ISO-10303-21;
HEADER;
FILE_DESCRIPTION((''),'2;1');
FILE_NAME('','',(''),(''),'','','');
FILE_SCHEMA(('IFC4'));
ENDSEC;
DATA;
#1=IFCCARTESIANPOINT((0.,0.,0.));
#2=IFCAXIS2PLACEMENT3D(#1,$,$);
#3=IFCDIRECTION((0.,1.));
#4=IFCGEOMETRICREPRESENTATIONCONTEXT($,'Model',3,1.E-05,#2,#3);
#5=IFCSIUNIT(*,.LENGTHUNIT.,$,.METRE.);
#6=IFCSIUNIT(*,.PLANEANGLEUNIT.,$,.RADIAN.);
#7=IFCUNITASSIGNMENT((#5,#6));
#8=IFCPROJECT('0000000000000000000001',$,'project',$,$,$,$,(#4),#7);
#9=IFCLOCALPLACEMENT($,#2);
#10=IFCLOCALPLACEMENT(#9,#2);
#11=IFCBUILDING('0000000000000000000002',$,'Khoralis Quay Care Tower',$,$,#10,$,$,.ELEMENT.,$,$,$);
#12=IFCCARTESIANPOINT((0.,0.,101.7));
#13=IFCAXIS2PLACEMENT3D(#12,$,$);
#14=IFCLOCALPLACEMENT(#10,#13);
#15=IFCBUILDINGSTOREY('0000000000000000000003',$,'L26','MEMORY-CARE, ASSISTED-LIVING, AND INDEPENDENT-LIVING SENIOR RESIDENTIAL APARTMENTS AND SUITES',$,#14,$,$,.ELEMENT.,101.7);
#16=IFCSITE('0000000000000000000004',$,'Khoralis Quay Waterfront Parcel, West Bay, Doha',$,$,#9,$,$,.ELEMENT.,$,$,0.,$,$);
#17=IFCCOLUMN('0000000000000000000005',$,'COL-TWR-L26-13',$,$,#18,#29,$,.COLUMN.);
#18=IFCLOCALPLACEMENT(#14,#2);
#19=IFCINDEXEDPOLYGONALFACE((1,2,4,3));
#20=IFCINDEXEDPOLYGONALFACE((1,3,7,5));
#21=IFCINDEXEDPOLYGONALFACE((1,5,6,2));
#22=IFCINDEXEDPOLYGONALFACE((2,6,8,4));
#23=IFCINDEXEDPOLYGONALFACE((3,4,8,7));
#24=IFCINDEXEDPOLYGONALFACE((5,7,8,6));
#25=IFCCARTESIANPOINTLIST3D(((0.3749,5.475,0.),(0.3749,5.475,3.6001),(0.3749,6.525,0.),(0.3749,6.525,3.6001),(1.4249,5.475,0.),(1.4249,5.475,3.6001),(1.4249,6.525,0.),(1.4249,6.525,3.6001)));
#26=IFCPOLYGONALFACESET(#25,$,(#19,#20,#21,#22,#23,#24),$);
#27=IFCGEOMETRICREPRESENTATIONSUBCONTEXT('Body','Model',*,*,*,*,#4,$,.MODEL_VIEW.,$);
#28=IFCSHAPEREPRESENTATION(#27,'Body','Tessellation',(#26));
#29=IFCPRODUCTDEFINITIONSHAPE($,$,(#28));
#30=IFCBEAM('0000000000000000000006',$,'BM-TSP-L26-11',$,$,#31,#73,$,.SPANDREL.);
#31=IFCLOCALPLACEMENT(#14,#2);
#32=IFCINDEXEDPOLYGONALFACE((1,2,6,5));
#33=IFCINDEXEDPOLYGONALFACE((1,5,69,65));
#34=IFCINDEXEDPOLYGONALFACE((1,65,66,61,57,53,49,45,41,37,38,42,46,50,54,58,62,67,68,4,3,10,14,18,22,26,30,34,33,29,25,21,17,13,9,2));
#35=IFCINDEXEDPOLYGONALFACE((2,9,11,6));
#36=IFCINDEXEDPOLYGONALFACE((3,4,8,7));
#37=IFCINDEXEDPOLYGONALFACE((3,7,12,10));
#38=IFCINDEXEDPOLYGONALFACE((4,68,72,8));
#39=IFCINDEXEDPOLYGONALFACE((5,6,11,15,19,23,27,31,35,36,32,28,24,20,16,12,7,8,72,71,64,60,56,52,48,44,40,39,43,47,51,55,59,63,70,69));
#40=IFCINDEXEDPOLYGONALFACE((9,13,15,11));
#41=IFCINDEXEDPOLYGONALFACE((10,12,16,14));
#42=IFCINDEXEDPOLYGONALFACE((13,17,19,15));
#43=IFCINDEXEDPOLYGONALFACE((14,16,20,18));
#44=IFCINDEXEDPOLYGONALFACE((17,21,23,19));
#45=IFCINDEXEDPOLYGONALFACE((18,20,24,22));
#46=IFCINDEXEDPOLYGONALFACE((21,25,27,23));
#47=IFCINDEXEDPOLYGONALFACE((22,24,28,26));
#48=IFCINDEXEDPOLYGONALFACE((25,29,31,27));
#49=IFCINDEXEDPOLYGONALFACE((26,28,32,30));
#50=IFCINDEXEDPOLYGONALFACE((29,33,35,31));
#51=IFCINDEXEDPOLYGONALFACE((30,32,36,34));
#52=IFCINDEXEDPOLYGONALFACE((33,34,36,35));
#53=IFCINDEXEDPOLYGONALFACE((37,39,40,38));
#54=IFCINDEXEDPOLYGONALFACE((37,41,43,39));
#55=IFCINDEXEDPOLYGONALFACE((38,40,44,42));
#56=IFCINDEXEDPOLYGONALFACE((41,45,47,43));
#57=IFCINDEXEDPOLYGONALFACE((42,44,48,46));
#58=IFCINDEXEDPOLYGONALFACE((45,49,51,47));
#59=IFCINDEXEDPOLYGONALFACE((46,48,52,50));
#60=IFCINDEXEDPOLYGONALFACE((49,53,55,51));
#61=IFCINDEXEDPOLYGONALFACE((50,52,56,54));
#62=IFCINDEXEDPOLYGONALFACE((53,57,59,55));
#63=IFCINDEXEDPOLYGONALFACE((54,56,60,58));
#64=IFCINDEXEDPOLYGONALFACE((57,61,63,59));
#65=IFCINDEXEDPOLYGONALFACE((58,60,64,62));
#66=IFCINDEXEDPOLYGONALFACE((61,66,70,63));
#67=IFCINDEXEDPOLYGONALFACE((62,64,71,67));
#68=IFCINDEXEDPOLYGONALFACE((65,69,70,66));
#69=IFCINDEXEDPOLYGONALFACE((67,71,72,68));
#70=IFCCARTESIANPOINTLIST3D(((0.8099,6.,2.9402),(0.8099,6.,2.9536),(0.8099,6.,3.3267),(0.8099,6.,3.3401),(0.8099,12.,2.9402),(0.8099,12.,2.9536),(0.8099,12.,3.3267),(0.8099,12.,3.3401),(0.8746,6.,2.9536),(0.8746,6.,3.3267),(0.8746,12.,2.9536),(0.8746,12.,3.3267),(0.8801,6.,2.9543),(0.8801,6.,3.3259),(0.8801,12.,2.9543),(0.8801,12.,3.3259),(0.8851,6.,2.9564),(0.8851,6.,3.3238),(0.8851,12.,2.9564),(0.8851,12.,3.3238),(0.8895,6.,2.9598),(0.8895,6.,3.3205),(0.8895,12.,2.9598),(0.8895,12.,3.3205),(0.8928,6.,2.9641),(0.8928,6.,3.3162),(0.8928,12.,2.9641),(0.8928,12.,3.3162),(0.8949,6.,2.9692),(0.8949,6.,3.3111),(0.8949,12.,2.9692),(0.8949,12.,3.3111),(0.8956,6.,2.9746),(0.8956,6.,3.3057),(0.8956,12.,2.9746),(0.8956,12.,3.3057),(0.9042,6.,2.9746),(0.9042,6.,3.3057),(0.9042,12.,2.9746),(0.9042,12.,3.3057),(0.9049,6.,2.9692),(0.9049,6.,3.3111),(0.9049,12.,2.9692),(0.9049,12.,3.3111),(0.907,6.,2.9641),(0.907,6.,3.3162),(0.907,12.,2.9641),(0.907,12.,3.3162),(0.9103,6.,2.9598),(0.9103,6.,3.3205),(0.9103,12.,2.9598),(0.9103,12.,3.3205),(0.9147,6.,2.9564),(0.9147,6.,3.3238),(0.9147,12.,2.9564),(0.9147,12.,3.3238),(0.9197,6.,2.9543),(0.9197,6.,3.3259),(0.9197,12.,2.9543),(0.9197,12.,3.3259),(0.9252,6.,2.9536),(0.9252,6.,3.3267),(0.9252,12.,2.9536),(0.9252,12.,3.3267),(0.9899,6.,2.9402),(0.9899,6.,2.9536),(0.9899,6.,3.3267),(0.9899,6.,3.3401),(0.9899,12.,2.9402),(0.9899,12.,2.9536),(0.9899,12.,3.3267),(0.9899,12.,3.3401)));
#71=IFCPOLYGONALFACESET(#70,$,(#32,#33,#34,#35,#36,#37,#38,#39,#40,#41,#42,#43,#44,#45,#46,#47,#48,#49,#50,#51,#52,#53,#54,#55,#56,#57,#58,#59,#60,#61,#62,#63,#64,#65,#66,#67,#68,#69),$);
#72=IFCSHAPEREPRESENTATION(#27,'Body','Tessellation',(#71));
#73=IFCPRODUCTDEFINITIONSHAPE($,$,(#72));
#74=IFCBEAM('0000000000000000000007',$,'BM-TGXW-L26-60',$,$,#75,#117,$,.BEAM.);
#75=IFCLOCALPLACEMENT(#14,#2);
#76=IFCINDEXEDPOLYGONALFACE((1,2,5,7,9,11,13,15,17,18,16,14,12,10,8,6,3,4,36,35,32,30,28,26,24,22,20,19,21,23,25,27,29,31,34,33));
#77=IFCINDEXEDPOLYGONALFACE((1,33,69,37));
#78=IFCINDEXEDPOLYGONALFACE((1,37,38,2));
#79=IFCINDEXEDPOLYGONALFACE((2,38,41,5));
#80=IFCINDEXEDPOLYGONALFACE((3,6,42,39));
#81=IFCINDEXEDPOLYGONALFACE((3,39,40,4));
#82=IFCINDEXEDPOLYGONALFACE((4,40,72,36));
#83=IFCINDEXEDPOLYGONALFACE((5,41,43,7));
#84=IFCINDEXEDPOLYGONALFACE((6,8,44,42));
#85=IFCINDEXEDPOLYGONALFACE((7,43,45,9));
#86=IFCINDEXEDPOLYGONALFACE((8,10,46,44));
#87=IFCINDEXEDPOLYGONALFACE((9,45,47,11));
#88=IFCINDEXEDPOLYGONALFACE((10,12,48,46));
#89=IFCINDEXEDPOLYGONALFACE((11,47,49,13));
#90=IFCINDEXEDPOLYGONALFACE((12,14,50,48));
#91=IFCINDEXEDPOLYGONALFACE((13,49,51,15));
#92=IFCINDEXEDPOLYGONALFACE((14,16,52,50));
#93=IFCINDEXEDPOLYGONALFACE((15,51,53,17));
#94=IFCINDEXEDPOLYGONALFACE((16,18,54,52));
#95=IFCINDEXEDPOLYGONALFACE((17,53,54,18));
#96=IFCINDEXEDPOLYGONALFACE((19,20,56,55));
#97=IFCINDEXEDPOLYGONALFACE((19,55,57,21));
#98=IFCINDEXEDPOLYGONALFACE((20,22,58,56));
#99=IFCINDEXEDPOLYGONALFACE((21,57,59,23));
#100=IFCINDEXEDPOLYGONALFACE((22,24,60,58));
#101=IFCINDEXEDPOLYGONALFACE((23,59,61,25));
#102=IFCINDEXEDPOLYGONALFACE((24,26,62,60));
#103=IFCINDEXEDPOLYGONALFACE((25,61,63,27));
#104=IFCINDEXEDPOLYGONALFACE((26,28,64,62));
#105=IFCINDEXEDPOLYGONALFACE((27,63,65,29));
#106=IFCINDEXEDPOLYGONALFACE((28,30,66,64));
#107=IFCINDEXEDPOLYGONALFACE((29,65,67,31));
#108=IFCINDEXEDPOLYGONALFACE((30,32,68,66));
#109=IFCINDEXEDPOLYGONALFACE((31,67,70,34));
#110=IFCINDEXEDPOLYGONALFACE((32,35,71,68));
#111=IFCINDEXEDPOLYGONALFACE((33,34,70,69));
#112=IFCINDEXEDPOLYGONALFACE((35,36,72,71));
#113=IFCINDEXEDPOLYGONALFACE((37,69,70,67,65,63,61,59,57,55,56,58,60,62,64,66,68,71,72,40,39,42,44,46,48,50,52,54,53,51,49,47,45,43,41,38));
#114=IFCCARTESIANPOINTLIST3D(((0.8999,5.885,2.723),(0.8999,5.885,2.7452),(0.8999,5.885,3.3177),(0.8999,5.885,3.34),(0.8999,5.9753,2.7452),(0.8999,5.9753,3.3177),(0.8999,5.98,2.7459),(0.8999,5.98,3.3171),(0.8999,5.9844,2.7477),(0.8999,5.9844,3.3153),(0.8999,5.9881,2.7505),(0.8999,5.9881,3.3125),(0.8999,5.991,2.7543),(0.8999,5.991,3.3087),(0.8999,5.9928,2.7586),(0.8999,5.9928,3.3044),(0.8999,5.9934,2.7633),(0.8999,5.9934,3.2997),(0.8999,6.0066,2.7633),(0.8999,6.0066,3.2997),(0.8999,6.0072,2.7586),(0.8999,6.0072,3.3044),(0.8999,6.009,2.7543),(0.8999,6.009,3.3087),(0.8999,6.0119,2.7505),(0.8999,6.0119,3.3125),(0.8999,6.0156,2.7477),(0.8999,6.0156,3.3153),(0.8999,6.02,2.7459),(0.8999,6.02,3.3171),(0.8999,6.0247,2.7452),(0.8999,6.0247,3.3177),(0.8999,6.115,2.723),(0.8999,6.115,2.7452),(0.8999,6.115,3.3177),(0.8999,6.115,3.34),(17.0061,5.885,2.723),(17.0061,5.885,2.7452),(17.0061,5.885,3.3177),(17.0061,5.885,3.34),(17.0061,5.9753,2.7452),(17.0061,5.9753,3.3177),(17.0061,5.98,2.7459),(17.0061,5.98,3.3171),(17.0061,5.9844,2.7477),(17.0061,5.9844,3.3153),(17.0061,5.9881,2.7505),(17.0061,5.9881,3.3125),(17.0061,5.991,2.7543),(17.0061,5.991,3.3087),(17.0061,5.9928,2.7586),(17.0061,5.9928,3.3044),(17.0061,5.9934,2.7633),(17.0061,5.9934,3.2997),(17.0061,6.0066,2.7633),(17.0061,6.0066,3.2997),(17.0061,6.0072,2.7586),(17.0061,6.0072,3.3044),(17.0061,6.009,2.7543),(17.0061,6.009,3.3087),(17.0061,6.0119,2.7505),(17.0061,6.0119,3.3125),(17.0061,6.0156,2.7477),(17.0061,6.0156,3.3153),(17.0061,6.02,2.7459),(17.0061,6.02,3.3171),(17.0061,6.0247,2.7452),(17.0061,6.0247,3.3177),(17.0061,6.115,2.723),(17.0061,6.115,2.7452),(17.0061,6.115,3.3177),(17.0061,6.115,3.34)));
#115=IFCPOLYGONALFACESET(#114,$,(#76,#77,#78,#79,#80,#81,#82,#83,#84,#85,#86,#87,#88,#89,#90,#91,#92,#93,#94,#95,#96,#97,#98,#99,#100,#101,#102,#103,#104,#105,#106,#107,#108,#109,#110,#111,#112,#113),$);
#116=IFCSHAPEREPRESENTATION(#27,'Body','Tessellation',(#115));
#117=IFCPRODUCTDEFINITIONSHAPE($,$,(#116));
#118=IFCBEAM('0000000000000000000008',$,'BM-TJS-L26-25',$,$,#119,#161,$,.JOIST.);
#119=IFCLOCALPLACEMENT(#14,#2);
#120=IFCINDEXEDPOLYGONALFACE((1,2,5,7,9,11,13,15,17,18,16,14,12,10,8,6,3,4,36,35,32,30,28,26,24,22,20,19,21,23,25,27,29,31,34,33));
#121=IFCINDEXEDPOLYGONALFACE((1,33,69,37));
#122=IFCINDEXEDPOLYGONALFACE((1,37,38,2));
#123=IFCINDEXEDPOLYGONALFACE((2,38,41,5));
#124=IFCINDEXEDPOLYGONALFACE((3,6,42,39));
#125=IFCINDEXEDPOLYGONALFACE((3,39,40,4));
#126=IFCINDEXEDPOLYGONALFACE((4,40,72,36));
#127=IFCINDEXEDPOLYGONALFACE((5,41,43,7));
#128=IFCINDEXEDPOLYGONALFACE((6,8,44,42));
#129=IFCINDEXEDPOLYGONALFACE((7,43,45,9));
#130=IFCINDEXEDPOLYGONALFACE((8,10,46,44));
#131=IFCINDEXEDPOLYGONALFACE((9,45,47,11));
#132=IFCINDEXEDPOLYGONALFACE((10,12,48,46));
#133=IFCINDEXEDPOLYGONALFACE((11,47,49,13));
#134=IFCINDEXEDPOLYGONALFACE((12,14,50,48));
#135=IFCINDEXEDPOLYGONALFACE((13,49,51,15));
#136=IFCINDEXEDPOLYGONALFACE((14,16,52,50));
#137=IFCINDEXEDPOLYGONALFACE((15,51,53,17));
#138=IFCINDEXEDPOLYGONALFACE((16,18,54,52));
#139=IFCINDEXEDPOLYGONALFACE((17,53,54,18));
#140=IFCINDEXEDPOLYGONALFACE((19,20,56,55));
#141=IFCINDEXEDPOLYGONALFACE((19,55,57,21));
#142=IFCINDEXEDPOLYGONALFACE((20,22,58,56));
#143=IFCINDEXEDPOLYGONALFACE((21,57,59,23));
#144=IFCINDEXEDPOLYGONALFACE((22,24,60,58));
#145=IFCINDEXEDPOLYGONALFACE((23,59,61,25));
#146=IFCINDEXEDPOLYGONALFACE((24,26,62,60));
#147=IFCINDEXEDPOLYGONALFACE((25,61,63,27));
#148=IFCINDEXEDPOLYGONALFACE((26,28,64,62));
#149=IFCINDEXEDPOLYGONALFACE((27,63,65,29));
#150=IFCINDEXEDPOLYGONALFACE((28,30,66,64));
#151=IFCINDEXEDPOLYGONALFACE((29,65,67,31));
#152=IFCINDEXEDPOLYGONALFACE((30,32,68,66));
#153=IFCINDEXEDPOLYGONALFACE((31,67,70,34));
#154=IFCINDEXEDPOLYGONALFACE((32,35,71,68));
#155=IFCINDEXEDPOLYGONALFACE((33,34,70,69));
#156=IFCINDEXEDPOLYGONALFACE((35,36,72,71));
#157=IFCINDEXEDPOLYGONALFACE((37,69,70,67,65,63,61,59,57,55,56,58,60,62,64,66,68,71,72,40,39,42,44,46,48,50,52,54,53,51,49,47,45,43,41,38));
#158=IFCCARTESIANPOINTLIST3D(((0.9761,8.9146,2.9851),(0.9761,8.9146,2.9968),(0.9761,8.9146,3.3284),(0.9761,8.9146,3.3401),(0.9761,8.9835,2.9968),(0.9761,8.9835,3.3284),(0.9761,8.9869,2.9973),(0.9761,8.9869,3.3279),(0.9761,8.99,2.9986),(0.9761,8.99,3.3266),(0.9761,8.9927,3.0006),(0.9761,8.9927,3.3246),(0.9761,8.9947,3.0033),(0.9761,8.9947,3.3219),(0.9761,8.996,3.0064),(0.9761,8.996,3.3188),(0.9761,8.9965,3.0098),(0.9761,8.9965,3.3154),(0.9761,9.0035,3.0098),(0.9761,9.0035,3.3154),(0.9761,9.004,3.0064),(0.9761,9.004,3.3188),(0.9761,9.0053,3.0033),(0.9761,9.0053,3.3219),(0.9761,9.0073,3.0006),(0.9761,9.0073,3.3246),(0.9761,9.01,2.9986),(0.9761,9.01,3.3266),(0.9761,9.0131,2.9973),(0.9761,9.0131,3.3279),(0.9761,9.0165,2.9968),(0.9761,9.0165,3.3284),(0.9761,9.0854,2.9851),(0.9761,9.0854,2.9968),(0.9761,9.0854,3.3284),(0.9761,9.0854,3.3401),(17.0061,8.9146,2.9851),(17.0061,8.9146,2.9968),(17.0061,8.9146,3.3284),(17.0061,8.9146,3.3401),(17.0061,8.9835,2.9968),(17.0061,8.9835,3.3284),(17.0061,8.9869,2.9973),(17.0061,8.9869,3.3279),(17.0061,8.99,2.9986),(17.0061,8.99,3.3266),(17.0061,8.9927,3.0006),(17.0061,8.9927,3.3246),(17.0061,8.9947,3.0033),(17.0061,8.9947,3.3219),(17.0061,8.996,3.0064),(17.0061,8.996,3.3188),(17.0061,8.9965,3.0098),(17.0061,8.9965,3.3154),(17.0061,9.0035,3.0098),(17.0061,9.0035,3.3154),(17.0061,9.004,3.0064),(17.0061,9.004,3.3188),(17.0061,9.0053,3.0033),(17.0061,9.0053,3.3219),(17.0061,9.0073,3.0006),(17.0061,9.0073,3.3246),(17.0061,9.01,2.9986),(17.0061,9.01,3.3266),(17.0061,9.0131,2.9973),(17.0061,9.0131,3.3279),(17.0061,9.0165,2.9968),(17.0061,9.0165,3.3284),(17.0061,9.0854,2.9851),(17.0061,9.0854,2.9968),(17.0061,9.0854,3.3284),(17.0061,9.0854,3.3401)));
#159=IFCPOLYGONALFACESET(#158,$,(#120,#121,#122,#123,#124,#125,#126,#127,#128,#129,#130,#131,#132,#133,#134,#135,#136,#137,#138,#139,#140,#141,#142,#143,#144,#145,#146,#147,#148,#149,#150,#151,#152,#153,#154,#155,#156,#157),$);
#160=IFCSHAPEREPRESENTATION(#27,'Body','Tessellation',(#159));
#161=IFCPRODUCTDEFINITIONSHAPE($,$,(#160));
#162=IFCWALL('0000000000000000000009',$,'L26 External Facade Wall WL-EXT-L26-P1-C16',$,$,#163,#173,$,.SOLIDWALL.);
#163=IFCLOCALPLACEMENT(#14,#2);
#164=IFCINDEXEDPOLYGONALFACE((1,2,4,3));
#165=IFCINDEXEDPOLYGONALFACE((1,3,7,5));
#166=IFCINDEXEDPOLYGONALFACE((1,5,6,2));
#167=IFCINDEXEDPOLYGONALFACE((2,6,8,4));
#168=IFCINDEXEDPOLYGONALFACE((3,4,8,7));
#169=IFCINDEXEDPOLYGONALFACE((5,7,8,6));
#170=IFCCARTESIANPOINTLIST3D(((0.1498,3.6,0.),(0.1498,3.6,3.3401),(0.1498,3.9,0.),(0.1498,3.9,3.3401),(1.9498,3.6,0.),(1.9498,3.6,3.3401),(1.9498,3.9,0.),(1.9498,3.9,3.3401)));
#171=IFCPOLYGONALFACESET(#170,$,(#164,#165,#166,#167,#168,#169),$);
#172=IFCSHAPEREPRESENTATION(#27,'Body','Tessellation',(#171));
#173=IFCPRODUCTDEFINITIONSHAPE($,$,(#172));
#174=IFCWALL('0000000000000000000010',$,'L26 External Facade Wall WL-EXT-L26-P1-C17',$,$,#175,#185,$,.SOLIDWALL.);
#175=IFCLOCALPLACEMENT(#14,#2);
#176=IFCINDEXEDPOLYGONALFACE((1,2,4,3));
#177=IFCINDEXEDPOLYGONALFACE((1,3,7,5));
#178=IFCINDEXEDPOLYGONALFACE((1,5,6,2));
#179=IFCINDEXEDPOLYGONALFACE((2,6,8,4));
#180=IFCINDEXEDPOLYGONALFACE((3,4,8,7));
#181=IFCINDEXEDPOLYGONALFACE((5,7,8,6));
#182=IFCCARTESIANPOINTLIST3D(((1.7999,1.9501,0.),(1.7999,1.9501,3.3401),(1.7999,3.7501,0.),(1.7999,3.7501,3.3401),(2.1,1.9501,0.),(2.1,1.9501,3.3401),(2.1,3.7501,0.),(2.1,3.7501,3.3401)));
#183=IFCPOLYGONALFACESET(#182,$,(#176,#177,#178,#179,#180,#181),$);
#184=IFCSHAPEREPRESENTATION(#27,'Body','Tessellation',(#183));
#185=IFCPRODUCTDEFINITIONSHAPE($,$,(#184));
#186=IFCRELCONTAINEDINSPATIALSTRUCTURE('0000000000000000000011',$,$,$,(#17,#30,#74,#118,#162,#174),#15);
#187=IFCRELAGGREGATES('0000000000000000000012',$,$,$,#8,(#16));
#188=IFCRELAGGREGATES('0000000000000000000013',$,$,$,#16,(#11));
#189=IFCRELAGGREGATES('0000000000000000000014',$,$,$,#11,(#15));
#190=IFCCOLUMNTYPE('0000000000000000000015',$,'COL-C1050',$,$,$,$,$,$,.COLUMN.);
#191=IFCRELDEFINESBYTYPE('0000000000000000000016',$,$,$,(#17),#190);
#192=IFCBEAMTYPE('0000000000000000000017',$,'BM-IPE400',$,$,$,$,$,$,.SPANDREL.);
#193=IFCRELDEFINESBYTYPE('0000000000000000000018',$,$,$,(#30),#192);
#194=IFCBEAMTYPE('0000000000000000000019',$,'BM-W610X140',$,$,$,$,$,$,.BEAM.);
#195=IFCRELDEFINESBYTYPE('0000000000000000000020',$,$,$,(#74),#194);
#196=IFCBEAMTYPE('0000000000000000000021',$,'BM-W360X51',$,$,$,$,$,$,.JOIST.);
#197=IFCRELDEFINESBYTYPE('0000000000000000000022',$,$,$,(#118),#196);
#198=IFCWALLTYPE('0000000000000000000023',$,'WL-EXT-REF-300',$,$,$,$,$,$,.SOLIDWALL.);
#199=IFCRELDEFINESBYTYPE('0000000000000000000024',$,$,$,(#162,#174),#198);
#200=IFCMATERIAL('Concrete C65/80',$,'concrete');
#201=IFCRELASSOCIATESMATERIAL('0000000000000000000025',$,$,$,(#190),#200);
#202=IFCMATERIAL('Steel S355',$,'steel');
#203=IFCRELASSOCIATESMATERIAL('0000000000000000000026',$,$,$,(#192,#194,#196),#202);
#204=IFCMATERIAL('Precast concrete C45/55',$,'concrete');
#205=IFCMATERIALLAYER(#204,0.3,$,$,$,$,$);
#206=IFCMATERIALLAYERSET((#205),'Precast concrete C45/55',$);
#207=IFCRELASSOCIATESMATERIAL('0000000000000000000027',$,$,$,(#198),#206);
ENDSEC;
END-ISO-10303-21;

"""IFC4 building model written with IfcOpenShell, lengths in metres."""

from ifc_helpers import new_model, si_unit, direction, frame, frame_2d, origin, origin_2d, place, context, subcontext, project, spatial, rectangle, i_section, extrude, source, transform, mapped, material, layer, layer_set, material_profile, profile_set, type_object, element, save


model = new_model("IFC4")

# Units and contexts
model_context = context("Model", 3, precision=1e-05, world=origin(), true_north=direction((0.0, 1.0)))
body_context = subcontext(model_context, "Body", "Model", "MODEL_VIEW")
ifc_project = project(units=[si_unit("LENGTHUNIT", "METRE"), si_unit("PLANEANGLEUNIT", "RADIAN")], contexts=[model_context])

# Site, building, storey
site_placement = place(None, origin())
site = spatial("IfcSite", under=ifc_project, at=site_placement, Name="Khoralis Quay Waterfront Parcel, West Bay, Doha", CompositionType="ELEMENT", RefElevation=0.0)
building_placement = place(site_placement, origin())
building = spatial("IfcBuilding", under=site, at=building_placement, Name="Khoralis Quay Care Tower", CompositionType="ELEMENT")
storey_placement = place(building_placement, frame((0.0, 0.0, 101.7)))
storey = spatial("IfcBuildingStorey", under=building, at=storey_placement, Name="L26", Description="MEMORY-CARE, ASSISTED-LIVING, AND INDEPENDENT-LIVING SENIOR RESIDENTIAL APARTMENTS AND SUITES", CompositionType="ELEMENT", Elevation=101.7)

# Column
ifc_material_1 = material(Name="Concrete C65/80", Category="concrete")
ifc_material_profile_1 = material_profile(ifc_material_1, rectangle(XDim=1.05, YDim=1.05, at=origin_2d()), Name="Concrete C65/80")
ifc_profile_set_1 = profile_set([ifc_material_profile_1], Name="Concrete C65/80")
column_type = type_object("IfcColumnType", Name="COL-C1050", PredefinedType="COLUMN", material=ifc_profile_set_1)
shared_shape_1 = source(origin(), body_context, "Body", "SweptSolid", [
    extrude(rectangle(XDim=1.05, YDim=1.05, at=origin_2d()), origin(), (0.0, 0.0, 1.0), 3.6001),
])
column_placement = place(storey_placement, frame((0.8999, 6.0, 0.0), z_axis=(0.0, 0.0, 1.0), x_axis=(1.0, 0.0, 0.0)))
element("IfcColumn", 1, at=column_placement, inside=storey, type_object=column_type, Name="COL-TWR-L26-13", PredefinedType="COLUMN", context=body_context, shape_type="MappedRepresentation", body=[
    mapped(shared_shape_1, transform((0.0, 0.0, 0.0), scale=1.0)),
])

# Beams
ifc_material_2 = material(Name="Steel S355", Category="steel")
ifc_material_profile_2 = material_profile(ifc_material_2, i_section(OverallWidth=0.1799, OverallDepth=0.3999, WebThickness=0.0085, FlangeThickness=0.0134, FilletRadius=0.021, at=origin_2d()), Name="Steel S355")
ifc_profile_set_2 = profile_set([ifc_material_profile_2], Name="Steel S355")
beam_type_1 = type_object("IfcBeamType", Name="BM-IPE400", PredefinedType="SPANDREL", material=ifc_profile_set_2)
shared_shape_2 = source(origin(), body_context, "Body", "SweptSolid", [
    extrude(i_section(OverallWidth=0.1799, OverallDepth=0.3999, WebThickness=0.0085, FlangeThickness=0.0134, FilletRadius=0.021, at=origin_2d()), origin(), (0.0, 0.0, 1.0), 6.0),
])
beam_1_placement = place(storey_placement, frame((0.8999, 6.0, 3.1401), z_axis=(0.0, 1.0, 0.0), x_axis=(-1.0, 0.0, 0.0)))
element("IfcBeam", 2, at=beam_1_placement, inside=storey, type_object=beam_type_1, Name="BM-TSP-L26-11", PredefinedType="SPANDREL", context=body_context, shape_type="MappedRepresentation", body=[
    mapped(shared_shape_2, transform((0.0, 0.0, 0.0), scale=1.0)),
])
ifc_material_profile_3 = material_profile(ifc_material_2, i_section(OverallWidth=0.23, OverallDepth=0.6169, WebThickness=0.0132, FlangeThickness=0.0222, FilletRadius=0.0181, at=origin_2d()), Name="Steel S355")
ifc_profile_set_3 = profile_set([ifc_material_profile_3], Name="Steel S355")
beam_type_2 = type_object("IfcBeamType", Name="BM-W610X140", PredefinedType="BEAM", material=ifc_profile_set_3)
shared_shape_3 = source(origin(), body_context, "Body", "SweptSolid", [
    extrude(i_section(OverallWidth=0.23, OverallDepth=0.6169, WebThickness=0.0132, FlangeThickness=0.0222, FilletRadius=0.0181, at=origin_2d()), origin(), (0.0, 0.0, 1.0), 16.1062),
])
beam_2_placement = place(storey_placement, frame((0.8999, 6.0, 3.0315), z_axis=(1.0, 0.0, 0.0), x_axis=(0.0, 1.0, 0.0)))
element("IfcBeam", 3, at=beam_2_placement, inside=storey, type_object=beam_type_2, Name="BM-TGXW-L26-60", PredefinedType="BEAM", context=body_context, shape_type="MappedRepresentation", body=[
    mapped(shared_shape_3, transform((0.0, 0.0, 0.0), scale=1.0)),
])
ifc_material_profile_4 = material_profile(ifc_material_2, i_section(OverallWidth=0.1709, OverallDepth=0.355, WebThickness=0.0071, FlangeThickness=0.0117, FilletRadius=0.0129, at=origin_2d()), Name="Steel S355")
ifc_profile_set_4 = profile_set([ifc_material_profile_4], Name="Steel S355")
beam_type_3 = type_object("IfcBeamType", Name="BM-W360X51", PredefinedType="JOIST", material=ifc_profile_set_4)
shared_shape_4 = source(origin(), body_context, "Body", "SweptSolid", [
    extrude(i_section(OverallWidth=0.1709, OverallDepth=0.355, WebThickness=0.0071, FlangeThickness=0.0117, FilletRadius=0.0129, at=origin_2d()), origin(), (0.0, 0.0, 1.0), 16.03),
])
beam_3_placement = place(storey_placement, frame((0.9761, 9.0, 3.1626), z_axis=(1.0, 0.0, 0.0), x_axis=(0.0, 1.0, 0.0)))
element("IfcBeam", 4, at=beam_3_placement, inside=storey, type_object=beam_type_3, Name="BM-TJS-L26-25", PredefinedType="JOIST", context=body_context, shape_type="MappedRepresentation", body=[
    mapped(shared_shape_4, transform((0.0, 0.0, 0.0), scale=1.0)),
])

# Walls
ifc_material_3 = material(Name="Precast concrete C45/55", Category="concrete")
ifc_layer_1 = layer(ifc_material_3, 0.3)
ifc_layer_set_1 = layer_set([ifc_layer_1], Name="Precast concrete C45/55")
wall_type_1 = type_object("IfcWallType", Name="WL-EXT-REF-300", PredefinedType="SOLIDWALL", material=ifc_layer_set_1)
for number, where, z_axis, x_axis, name in (
    (5, (0.1499, 3.75, 0.0), (0.0, 0.0, 1.0), (1.0, 0.0, 0.0), "L26 External Facade Wall WL-EXT-L26-P1-C16"),
    (6, (1.95, 3.75, 0.0), (0.0, 0.0, 1.0), (0.0, -1.0, 0.0), "L26 External Facade Wall WL-EXT-L26-P1-C17"),
):
    element("IfcWall", number, at=place(storey_placement, frame(where, z_axis=z_axis, x_axis=x_axis)), inside=storey, type_object=wall_type_1, Name=name, PredefinedType="SOLIDWALL", context=body_context, shape_type="SweptSolid", body=[
        extrude(rectangle(XDim=1.8, YDim=0.3, at=frame_2d((0.8999, 0.0))), origin(), (0.0, 0.0, 1.0), 3.3401),
    ])

save(model, "model.ifc")
